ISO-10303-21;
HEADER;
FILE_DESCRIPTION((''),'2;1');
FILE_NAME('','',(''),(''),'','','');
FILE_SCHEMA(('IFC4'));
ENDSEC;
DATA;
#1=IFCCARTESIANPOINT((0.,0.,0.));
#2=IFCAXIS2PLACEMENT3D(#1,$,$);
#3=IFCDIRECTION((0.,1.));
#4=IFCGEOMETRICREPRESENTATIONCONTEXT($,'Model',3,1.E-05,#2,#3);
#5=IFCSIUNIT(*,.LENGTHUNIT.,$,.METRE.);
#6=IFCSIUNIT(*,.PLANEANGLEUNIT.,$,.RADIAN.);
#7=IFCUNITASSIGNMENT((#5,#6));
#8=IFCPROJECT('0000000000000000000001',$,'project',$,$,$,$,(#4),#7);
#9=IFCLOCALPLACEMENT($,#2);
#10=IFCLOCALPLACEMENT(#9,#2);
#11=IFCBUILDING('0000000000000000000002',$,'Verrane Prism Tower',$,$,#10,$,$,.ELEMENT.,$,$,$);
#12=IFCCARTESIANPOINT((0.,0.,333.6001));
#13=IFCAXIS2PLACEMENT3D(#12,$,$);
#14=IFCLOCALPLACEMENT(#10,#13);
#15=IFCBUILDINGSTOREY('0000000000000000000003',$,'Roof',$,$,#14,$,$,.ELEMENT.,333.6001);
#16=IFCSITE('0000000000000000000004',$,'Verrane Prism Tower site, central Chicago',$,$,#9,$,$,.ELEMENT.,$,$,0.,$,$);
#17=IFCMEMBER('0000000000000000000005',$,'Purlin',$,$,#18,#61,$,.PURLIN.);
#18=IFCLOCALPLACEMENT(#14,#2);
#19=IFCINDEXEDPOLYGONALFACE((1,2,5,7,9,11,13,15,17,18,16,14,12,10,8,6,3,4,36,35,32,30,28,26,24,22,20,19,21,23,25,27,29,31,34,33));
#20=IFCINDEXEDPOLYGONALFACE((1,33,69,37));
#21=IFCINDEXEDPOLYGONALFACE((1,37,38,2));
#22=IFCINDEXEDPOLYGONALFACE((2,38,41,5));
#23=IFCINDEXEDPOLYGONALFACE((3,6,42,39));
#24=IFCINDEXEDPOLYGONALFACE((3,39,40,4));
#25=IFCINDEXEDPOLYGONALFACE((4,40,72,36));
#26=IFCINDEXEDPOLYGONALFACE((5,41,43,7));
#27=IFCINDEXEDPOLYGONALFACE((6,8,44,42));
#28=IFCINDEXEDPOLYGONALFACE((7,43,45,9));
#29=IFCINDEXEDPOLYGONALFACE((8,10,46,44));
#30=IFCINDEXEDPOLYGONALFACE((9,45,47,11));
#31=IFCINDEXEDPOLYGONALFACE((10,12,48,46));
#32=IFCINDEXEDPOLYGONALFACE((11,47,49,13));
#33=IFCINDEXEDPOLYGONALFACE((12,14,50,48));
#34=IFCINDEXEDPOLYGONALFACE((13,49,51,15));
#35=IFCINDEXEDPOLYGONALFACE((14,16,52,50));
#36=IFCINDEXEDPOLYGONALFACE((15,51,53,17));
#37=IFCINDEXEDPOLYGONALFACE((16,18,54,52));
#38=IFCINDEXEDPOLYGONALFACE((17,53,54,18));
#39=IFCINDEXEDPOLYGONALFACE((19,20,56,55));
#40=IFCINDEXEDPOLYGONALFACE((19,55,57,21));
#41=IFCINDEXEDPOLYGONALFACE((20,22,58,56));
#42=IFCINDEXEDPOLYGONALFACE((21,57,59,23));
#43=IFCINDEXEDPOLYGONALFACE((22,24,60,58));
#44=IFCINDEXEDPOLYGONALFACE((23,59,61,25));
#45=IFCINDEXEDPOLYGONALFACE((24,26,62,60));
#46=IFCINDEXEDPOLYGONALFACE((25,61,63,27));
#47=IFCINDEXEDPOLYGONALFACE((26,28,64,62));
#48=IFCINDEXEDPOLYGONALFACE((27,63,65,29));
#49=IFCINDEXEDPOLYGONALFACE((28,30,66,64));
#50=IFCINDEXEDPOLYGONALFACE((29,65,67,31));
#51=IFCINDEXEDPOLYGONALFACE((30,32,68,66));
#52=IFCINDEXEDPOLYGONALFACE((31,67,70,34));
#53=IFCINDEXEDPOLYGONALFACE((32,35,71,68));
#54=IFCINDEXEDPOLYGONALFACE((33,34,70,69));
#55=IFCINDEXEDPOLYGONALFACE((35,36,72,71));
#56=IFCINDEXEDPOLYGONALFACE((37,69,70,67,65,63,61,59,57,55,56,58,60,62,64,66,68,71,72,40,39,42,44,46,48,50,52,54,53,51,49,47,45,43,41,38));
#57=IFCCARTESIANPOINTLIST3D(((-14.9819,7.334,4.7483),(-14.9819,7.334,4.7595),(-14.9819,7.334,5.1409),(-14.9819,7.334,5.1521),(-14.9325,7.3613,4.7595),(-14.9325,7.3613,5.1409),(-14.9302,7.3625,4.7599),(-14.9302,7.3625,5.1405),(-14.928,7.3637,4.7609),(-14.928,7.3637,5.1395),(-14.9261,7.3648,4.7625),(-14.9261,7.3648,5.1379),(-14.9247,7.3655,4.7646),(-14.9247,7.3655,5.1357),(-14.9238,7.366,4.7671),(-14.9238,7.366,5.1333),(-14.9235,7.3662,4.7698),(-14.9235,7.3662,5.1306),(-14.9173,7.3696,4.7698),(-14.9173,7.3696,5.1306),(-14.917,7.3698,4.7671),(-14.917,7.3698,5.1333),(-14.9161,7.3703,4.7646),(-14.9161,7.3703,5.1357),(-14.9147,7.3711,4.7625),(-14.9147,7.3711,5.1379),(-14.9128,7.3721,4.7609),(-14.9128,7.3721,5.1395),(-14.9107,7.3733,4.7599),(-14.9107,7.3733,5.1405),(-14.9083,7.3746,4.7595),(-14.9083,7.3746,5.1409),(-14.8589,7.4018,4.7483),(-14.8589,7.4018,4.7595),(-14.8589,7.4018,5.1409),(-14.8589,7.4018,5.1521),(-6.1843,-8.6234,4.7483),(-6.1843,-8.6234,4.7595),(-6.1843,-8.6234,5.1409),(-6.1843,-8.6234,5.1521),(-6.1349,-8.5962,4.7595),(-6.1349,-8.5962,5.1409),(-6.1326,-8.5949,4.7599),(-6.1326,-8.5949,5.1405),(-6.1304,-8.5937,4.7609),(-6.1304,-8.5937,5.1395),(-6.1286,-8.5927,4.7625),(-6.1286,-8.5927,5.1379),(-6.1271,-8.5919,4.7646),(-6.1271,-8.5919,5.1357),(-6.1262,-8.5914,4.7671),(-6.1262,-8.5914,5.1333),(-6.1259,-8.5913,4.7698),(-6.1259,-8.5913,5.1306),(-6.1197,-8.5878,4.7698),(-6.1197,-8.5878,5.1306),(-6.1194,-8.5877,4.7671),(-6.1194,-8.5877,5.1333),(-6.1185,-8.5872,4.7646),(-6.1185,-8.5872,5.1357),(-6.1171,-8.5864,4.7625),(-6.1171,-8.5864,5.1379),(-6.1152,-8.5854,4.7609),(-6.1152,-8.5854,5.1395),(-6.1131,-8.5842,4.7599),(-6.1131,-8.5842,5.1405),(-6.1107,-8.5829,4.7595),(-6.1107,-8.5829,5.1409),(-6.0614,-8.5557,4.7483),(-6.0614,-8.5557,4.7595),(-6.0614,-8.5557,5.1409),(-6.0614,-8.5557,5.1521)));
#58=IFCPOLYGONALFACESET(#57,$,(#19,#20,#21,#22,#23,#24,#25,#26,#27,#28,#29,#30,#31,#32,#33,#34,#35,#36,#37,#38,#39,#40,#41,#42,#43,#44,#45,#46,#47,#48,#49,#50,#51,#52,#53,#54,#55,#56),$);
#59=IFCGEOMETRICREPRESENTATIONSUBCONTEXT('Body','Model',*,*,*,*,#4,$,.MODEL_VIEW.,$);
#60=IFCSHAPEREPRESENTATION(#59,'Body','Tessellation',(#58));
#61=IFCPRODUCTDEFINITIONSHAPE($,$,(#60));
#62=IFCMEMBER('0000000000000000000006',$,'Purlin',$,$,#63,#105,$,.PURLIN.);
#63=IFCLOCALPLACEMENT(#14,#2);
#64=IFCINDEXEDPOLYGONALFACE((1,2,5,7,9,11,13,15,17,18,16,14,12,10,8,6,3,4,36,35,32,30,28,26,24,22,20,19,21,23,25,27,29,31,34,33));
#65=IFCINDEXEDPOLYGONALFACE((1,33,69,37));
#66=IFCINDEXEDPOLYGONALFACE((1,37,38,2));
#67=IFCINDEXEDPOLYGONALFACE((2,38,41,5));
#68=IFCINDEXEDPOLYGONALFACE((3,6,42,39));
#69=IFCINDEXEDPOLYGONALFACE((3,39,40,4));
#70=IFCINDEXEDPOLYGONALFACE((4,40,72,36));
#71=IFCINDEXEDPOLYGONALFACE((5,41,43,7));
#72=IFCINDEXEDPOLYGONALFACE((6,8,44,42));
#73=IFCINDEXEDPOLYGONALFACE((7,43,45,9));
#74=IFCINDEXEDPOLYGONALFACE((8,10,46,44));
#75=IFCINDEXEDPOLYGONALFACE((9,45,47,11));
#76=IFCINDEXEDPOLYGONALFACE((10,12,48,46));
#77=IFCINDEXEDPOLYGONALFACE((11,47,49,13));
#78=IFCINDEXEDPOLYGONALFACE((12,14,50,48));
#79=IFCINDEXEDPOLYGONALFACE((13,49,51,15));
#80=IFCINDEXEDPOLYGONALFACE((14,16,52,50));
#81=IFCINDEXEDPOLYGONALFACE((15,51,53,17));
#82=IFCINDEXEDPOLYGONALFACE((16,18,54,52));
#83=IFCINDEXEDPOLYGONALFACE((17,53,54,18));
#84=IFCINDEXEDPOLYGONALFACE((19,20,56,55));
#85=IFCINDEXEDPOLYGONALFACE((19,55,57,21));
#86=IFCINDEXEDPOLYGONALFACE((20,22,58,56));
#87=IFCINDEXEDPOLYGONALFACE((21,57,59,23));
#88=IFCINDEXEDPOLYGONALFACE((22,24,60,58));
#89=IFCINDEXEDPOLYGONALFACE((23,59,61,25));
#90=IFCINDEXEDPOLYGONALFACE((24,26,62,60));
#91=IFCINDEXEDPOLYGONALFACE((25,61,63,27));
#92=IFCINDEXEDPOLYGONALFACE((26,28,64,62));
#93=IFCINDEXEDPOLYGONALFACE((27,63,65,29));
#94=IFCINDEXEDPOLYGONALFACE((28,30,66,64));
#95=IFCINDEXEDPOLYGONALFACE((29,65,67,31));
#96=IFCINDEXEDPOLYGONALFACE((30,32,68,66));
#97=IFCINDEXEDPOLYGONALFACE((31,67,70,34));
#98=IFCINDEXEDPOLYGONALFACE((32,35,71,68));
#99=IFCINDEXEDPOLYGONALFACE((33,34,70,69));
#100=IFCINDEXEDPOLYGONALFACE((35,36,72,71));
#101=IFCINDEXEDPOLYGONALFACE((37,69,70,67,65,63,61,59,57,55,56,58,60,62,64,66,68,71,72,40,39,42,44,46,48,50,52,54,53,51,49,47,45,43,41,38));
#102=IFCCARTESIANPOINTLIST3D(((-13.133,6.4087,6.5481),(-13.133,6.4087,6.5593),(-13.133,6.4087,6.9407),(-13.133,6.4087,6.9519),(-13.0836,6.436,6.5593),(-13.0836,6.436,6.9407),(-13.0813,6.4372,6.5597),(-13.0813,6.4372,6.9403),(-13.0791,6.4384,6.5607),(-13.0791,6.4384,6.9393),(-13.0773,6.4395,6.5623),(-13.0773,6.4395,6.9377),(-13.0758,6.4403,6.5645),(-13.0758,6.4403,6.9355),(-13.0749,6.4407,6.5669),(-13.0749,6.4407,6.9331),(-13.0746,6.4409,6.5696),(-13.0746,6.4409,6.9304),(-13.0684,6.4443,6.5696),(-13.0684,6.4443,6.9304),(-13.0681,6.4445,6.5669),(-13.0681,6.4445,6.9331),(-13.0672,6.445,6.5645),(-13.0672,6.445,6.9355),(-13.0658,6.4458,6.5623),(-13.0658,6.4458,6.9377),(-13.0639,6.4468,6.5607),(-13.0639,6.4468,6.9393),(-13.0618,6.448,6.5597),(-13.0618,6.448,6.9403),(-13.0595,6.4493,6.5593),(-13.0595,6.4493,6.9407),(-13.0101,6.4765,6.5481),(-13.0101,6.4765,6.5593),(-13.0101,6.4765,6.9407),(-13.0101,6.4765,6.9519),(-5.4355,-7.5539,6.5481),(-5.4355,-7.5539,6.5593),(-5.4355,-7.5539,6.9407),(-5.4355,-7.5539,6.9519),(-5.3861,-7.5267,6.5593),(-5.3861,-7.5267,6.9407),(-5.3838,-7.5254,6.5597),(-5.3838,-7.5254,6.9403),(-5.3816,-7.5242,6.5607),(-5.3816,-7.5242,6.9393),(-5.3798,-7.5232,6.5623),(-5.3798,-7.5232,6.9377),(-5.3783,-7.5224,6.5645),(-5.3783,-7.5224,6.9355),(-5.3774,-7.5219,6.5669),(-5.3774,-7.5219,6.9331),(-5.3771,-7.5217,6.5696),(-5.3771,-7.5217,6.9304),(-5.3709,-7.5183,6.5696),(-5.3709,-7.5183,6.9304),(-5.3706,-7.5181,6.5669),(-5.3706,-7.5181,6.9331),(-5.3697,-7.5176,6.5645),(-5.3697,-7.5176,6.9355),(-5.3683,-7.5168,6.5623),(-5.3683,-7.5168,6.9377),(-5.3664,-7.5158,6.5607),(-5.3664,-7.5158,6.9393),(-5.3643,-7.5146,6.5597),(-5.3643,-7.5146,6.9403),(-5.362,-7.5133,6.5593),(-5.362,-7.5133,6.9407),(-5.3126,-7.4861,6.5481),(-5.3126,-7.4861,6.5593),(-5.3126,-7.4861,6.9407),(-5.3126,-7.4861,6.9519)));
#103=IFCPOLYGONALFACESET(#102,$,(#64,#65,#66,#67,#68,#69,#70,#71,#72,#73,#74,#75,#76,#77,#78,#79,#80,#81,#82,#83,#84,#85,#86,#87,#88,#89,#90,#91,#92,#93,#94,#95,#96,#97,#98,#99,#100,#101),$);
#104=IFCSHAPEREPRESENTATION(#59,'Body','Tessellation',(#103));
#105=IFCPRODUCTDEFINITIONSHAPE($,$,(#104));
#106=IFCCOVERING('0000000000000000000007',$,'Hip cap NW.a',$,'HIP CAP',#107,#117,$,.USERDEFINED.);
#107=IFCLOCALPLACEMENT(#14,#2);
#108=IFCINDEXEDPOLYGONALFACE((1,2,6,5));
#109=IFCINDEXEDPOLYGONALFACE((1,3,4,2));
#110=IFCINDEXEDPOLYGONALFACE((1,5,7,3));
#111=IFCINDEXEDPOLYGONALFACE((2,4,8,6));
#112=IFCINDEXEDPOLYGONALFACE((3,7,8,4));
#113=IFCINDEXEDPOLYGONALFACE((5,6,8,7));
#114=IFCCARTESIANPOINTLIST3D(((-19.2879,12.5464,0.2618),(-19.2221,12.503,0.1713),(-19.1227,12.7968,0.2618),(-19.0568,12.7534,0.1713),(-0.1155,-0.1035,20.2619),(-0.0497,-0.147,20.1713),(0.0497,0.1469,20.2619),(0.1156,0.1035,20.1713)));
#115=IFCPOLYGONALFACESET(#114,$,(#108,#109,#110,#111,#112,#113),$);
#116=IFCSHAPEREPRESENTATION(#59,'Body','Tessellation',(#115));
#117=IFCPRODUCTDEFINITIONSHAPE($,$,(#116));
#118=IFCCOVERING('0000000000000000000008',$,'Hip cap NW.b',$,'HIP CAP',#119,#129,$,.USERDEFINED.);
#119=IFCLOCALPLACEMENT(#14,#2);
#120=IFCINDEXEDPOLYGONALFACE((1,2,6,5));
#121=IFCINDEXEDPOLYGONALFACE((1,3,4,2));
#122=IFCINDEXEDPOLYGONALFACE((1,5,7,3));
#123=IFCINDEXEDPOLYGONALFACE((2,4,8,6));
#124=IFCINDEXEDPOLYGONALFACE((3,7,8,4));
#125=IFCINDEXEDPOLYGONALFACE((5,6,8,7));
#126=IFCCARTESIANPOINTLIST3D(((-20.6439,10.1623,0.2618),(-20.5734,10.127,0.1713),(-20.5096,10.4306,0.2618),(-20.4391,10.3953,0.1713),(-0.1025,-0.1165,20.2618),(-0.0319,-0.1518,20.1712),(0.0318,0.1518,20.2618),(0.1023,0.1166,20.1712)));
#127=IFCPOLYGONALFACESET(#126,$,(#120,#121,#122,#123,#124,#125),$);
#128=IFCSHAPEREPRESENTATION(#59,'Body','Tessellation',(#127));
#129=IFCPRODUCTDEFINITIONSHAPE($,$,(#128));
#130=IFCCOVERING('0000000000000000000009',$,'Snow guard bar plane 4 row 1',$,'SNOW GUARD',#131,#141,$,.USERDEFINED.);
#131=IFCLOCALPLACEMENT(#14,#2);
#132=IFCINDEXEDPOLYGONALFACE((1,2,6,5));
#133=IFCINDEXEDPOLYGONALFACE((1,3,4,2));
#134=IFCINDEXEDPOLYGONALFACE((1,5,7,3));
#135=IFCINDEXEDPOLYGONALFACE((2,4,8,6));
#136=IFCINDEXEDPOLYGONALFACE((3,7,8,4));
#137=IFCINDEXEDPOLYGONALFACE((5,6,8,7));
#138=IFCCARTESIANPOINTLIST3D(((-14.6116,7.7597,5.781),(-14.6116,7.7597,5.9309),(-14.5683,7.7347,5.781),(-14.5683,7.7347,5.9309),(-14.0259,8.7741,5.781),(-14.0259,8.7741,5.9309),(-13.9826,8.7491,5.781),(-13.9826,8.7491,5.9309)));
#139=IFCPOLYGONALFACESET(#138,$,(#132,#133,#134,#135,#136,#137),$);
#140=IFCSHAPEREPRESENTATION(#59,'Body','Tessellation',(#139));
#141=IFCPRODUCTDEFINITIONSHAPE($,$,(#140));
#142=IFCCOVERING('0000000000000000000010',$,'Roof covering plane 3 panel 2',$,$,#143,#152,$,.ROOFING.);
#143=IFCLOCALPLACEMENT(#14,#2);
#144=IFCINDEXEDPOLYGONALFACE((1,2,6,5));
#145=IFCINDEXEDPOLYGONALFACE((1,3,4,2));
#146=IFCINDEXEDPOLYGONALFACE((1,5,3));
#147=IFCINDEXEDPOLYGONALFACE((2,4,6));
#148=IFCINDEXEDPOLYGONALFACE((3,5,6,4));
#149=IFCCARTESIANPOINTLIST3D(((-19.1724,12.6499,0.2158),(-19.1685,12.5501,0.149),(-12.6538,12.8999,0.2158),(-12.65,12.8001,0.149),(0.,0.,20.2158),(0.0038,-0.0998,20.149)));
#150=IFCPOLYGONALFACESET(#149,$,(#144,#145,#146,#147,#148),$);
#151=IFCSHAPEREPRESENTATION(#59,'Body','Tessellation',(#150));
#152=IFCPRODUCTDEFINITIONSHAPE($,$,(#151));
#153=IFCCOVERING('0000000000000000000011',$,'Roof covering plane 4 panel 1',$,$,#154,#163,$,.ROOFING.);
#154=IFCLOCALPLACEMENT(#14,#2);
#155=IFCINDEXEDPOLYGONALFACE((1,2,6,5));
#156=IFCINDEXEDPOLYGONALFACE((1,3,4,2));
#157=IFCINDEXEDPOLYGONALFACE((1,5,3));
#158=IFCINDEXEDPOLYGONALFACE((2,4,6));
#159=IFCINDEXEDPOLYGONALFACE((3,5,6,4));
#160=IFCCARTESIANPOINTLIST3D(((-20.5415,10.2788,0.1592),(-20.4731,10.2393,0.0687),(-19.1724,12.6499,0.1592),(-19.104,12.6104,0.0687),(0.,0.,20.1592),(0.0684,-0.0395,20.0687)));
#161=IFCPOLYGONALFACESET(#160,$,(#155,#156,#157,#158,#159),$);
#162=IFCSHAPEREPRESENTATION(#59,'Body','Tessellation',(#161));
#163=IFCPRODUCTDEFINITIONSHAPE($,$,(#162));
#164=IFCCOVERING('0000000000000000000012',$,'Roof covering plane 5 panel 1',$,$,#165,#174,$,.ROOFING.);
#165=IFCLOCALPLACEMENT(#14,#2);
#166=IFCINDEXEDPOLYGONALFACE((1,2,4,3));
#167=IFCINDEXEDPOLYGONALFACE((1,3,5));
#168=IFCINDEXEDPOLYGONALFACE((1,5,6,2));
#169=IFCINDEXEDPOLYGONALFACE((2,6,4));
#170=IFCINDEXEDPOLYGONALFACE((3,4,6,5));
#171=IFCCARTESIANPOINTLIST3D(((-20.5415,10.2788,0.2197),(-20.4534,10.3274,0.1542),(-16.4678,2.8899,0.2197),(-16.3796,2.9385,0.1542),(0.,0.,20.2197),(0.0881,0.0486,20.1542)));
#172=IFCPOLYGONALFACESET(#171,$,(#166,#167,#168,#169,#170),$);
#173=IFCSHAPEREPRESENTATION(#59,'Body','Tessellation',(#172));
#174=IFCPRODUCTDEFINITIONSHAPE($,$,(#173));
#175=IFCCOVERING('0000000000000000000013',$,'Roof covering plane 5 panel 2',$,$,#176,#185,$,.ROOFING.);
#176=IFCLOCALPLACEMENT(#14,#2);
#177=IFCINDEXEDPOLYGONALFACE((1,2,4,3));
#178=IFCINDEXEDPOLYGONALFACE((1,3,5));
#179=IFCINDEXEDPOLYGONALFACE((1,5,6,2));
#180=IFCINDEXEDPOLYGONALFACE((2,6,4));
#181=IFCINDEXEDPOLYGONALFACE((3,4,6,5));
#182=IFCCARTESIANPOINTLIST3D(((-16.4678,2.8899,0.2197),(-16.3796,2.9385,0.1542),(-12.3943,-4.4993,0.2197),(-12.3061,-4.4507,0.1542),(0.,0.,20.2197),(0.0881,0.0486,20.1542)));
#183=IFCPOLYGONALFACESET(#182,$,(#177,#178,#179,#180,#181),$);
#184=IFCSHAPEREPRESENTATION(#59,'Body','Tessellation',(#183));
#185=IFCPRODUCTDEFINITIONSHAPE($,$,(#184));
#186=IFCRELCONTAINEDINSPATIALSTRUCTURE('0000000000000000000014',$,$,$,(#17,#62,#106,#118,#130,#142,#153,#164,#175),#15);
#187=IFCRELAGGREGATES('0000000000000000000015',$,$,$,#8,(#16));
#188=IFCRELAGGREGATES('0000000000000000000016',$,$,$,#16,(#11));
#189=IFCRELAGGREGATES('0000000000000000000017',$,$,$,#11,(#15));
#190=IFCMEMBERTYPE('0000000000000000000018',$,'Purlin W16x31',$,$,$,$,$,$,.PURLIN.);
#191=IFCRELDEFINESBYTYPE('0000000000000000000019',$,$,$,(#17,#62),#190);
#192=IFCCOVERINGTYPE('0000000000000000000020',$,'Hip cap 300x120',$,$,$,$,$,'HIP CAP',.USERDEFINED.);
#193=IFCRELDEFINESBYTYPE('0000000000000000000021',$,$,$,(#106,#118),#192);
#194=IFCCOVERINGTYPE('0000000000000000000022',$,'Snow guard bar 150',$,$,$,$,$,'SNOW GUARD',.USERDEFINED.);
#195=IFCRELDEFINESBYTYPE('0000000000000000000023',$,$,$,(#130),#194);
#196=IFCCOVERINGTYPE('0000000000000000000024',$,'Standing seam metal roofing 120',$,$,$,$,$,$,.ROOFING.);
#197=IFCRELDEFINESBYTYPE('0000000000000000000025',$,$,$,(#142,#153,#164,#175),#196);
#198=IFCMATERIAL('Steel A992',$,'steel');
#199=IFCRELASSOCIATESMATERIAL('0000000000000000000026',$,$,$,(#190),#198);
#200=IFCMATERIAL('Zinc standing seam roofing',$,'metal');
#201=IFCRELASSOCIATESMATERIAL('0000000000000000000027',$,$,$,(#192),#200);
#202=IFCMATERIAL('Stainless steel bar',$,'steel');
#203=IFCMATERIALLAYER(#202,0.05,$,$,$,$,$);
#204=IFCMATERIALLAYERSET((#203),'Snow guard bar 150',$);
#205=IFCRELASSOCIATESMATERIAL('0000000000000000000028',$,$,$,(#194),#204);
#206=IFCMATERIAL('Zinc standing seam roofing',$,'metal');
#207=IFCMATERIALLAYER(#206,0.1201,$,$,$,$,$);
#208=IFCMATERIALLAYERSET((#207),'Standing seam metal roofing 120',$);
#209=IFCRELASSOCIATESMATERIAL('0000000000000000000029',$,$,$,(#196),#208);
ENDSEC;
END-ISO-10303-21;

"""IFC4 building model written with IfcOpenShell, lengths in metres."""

from ifc_helpers import new_model, si_unit, direction, frame, origin, origin_2d, place, context, subcontext, project, spatial, polyline, rectangle, i_section, outline, extrude, material, layer, layer_set, material_profile, profile_set, type_object, element, save


model = new_model("IFC4")

# Units and contexts
model_context = context("Model", 3, precision=1e-05, world=origin(), true_north=direction((0.0, 1.0)))
body_context = subcontext(model_context, "Body", "Model", "MODEL_VIEW")
ifc_project = project(units=[si_unit("LENGTHUNIT", "METRE"), si_unit("PLANEANGLEUNIT", "RADIAN")], contexts=[model_context])

# Site, building, storey
site_placement = place(None, origin())
site = spatial("IfcSite", under=ifc_project, at=site_placement, Name="Verrane Prism Tower site, central Chicago", CompositionType="ELEMENT", RefElevation=0.0)
building_placement = place(site_placement, origin())
building = spatial("IfcBuilding", under=site, at=building_placement, Name="Verrane Prism Tower", CompositionType="ELEMENT")
storey_placement = place(building_placement, frame((0.0, 0.0, 333.6001)))
storey = spatial("IfcBuildingStorey", under=building, at=storey_placement, Name="Roof", CompositionType="ELEMENT", Elevation=333.6001)

# Members
ifc_material_1 = material(Name="Steel A992", Category="steel")
ifc_material_profile_1 = material_profile(ifc_material_1, i_section(OverallWidth=0.1404, OverallDepth=0.4038, WebThickness=0.0071, FlangeThickness=0.0112, FilletRadius=0.0103, at=origin_2d()), Name="W16x31")
ifc_profile_set_1 = profile_set([ifc_material_profile_1], Name="Steel A992")
member_type_1 = type_object("IfcMemberType", Name="Purlin W16x31", PredefinedType="PURLIN", material=ifc_profile_set_1)
member_1_placement = place(storey_placement, frame((-14.9204, 7.3679, 4.9502), z_axis=(0.482802, -0.875729, 0.0), x_axis=(0.875729, 0.482802, 0.0)))
element("IfcMember", 1, at=member_1_placement, inside=storey, type_object=member_type_1, Name="Purlin", PredefinedType="PURLIN", context=body_context, shape_type="SweptSolid", body=[
    extrude(i_section(OverallWidth=0.1404, OverallDepth=0.4038, WebThickness=0.0071, FlangeThickness=0.0112, FilletRadius=0.0103, at=origin_2d()), origin(), (0.0, 0.0, 1.0), 18.2219),
])
member_2_placement = place(storey_placement, frame((-13.0715, 6.4426, 6.75), z_axis=(0.482788, -0.875737, 0.0), x_axis=(0.875737, 0.482788, 0.0)))
element("IfcMember", 2, at=member_2_placement, inside=storey, type_object=member_type_1, Name="Purlin", PredefinedType="PURLIN", context=body_context, shape_type="SweptSolid", body=[
    extrude(i_section(OverallWidth=0.1404, OverallDepth=0.4038, WebThickness=0.0071, FlangeThickness=0.0112, FilletRadius=0.0103, at=origin_2d()), origin(), (0.0, 0.0, 1.0), 15.9438),
])

# Coverings
ifc_material_2 = material(Name="Zinc standing seam roofing", Category="metal")
ifc_material_profile_2 = material_profile(ifc_material_2, rectangle(XDim=0.3, YDim=0.1201, at=origin_2d()), Name="Hip cap 300x120")
ifc_profile_set_2 = profile_set([ifc_material_profile_2], Name="Zinc standing seam roofing")
covering_type_1 = type_object("IfcCoveringType", Name="Hip cap 300x120", ElementType="HIP CAP", PredefinedType="USERDEFINED", material=ifc_profile_set_2)
for number, where, z_axis, x_axis, name in (
    (3, (-19.1724, 12.6499, 0.2166), (0.629499, -0.415343, 0.656674), (0.550725, 0.834687, 0.0), "Hip cap NW.a"),
    (4, (-20.5415, 10.2788, 0.2166), (0.674451, -0.33749, 0.656671), (0.447494, 0.894287, 0.0), "Hip cap NW.b"),
):
    element("IfcCovering", number, at=place(storey_placement, frame(where, z_axis=z_axis, x_axis=x_axis)), inside=storey, type_object=covering_type_1, Name=name, ObjectType="HIP CAP", PredefinedType="USERDEFINED", context=body_context, shape_type="SweptSolid", body=[
        extrude(rectangle(XDim=0.3, YDim=0.1201, at=origin_2d()), origin(), (0.0, 0.0, 1.0), 30.4565),
    ])
ifc_material_3 = material(Name="Stainless steel bar", Category="steel")
ifc_layer_1 = layer(ifc_material_3, 0.05)
ifc_layer_set_1 = layer_set([ifc_layer_1], Name="Snow guard bar 150")
covering_type_2 = type_object("IfcCoveringType", Name="Snow guard bar 150", ElementType="SNOW GUARD", PredefinedType="USERDEFINED", material=ifc_layer_set_1)
covering_1_placement = place(storey_placement, frame((-14.2971, 8.2544, 5.781), z_axis=(0.0, 0.0, 1.0), x_axis=(-0.499997, -0.866027, 0.0)))
element("IfcCovering", 5, at=covering_1_placement, inside=storey, type_object=covering_type_2, Name="Snow guard bar plane 4 row 1", ObjectType="SNOW GUARD", PredefinedType="USERDEFINED", context=body_context, shape_type="SweptSolid", body=[
    extrude(rectangle(XDim=1.1714, YDim=0.05, at=origin_2d()), origin(), (0.0, 0.0, 1.0), 0.1499),
])
ifc_material_4 = material(Name="Zinc standing seam roofing", Category="metal")
ifc_layer_2 = layer(ifc_material_4, 0.1201)
ifc_layer_set_2 = layer_set([ifc_layer_2], Name="Standing seam metal roofing 120")
covering_type_3 = type_object("IfcCoveringType", Name="Standing seam metal roofing 120", PredefinedType="ROOFING", material=ifc_layer_set_2)
covering_2_placement = place(storey_placement, frame((-12.6538, 12.8999, 0.2158), z_axis=(-0.031856, 0.830632, 0.555909), x_axis=(-0.999265, -0.038324, 0.0)))
element("IfcCovering", 6, at=covering_2_placement, inside=storey, type_object=covering_type_3, Name="Roof covering plane 3 panel 2", PredefinedType="ROOFING", context=body_context, shape_type="SweptSolid", body=[
    extrude(outline(polyline([(0.0, 0.0), (6.5233, 0.0), (-12.1501, 24.0604), (0.0, 0.0)])), origin(), (0.0, 0.0, -1.0), 0.1201),
])
covering_3_placement = place(storey_placement, frame((-19.1724, 12.6499, 0.1592), z_axis=(-0.569251, 0.328702, 0.753597), x_axis=(-0.500052, -0.865996, 0.0)))
element("IfcCovering", 7, at=covering_3_placement, inside=storey, type_object=covering_type_3, Name="Roof covering plane 4 panel 1", PredefinedType="ROOFING", context=body_context, shape_type="SweptSolid", body=[
    extrude(outline(polyline([(0.0, 0.0), (2.738, 0.0), (1.3676, 30.4258), (0.0, 0.0)])), origin(), (0.0, 0.0, -1.0), 0.1201),
])
covering_4_placement = place(storey_placement, frame((-20.5415, 10.2788, 0.2197), z_axis=(-0.73381, -0.404571, 0.545752), x_axis=(0.482813, -0.875724, 0.0)))
element("IfcCovering", 8, at=covering_4_placement, inside=storey, type_object=covering_type_3, Name="Roof covering plane 5 panel 1", PredefinedType="ROOFING", context=body_context, shape_type="SweptSolid", body=[
    extrude(outline(polyline([(0.0, 0.0), (8.4375, 0.0), (18.9191, 23.8679), (0.0, 0.0)])), origin(), (0.0, 0.0, -1.0), 0.1201),
])
covering_5_placement = place(storey_placement, frame((-16.4678, 2.8899, 0.2197), z_axis=(-0.733819, -0.404539, 0.545764), x_axis=(0.482778, -0.875743, 0.0)))
element("IfcCovering", 9, at=covering_5_placement, inside=storey, type_object=covering_type_3, Name="Roof covering plane 5 panel 2", PredefinedType="ROOFING", context=body_context, shape_type="SweptSolid", body=[
    extrude(outline(polyline([(0.0, 0.0), (8.4376, 0.0), (10.4811, 23.8681), (0.0, 0.0)])), origin(), (0.0, 0.0, -1.0), 0.1201),
])

save(model, "model.ifc")
